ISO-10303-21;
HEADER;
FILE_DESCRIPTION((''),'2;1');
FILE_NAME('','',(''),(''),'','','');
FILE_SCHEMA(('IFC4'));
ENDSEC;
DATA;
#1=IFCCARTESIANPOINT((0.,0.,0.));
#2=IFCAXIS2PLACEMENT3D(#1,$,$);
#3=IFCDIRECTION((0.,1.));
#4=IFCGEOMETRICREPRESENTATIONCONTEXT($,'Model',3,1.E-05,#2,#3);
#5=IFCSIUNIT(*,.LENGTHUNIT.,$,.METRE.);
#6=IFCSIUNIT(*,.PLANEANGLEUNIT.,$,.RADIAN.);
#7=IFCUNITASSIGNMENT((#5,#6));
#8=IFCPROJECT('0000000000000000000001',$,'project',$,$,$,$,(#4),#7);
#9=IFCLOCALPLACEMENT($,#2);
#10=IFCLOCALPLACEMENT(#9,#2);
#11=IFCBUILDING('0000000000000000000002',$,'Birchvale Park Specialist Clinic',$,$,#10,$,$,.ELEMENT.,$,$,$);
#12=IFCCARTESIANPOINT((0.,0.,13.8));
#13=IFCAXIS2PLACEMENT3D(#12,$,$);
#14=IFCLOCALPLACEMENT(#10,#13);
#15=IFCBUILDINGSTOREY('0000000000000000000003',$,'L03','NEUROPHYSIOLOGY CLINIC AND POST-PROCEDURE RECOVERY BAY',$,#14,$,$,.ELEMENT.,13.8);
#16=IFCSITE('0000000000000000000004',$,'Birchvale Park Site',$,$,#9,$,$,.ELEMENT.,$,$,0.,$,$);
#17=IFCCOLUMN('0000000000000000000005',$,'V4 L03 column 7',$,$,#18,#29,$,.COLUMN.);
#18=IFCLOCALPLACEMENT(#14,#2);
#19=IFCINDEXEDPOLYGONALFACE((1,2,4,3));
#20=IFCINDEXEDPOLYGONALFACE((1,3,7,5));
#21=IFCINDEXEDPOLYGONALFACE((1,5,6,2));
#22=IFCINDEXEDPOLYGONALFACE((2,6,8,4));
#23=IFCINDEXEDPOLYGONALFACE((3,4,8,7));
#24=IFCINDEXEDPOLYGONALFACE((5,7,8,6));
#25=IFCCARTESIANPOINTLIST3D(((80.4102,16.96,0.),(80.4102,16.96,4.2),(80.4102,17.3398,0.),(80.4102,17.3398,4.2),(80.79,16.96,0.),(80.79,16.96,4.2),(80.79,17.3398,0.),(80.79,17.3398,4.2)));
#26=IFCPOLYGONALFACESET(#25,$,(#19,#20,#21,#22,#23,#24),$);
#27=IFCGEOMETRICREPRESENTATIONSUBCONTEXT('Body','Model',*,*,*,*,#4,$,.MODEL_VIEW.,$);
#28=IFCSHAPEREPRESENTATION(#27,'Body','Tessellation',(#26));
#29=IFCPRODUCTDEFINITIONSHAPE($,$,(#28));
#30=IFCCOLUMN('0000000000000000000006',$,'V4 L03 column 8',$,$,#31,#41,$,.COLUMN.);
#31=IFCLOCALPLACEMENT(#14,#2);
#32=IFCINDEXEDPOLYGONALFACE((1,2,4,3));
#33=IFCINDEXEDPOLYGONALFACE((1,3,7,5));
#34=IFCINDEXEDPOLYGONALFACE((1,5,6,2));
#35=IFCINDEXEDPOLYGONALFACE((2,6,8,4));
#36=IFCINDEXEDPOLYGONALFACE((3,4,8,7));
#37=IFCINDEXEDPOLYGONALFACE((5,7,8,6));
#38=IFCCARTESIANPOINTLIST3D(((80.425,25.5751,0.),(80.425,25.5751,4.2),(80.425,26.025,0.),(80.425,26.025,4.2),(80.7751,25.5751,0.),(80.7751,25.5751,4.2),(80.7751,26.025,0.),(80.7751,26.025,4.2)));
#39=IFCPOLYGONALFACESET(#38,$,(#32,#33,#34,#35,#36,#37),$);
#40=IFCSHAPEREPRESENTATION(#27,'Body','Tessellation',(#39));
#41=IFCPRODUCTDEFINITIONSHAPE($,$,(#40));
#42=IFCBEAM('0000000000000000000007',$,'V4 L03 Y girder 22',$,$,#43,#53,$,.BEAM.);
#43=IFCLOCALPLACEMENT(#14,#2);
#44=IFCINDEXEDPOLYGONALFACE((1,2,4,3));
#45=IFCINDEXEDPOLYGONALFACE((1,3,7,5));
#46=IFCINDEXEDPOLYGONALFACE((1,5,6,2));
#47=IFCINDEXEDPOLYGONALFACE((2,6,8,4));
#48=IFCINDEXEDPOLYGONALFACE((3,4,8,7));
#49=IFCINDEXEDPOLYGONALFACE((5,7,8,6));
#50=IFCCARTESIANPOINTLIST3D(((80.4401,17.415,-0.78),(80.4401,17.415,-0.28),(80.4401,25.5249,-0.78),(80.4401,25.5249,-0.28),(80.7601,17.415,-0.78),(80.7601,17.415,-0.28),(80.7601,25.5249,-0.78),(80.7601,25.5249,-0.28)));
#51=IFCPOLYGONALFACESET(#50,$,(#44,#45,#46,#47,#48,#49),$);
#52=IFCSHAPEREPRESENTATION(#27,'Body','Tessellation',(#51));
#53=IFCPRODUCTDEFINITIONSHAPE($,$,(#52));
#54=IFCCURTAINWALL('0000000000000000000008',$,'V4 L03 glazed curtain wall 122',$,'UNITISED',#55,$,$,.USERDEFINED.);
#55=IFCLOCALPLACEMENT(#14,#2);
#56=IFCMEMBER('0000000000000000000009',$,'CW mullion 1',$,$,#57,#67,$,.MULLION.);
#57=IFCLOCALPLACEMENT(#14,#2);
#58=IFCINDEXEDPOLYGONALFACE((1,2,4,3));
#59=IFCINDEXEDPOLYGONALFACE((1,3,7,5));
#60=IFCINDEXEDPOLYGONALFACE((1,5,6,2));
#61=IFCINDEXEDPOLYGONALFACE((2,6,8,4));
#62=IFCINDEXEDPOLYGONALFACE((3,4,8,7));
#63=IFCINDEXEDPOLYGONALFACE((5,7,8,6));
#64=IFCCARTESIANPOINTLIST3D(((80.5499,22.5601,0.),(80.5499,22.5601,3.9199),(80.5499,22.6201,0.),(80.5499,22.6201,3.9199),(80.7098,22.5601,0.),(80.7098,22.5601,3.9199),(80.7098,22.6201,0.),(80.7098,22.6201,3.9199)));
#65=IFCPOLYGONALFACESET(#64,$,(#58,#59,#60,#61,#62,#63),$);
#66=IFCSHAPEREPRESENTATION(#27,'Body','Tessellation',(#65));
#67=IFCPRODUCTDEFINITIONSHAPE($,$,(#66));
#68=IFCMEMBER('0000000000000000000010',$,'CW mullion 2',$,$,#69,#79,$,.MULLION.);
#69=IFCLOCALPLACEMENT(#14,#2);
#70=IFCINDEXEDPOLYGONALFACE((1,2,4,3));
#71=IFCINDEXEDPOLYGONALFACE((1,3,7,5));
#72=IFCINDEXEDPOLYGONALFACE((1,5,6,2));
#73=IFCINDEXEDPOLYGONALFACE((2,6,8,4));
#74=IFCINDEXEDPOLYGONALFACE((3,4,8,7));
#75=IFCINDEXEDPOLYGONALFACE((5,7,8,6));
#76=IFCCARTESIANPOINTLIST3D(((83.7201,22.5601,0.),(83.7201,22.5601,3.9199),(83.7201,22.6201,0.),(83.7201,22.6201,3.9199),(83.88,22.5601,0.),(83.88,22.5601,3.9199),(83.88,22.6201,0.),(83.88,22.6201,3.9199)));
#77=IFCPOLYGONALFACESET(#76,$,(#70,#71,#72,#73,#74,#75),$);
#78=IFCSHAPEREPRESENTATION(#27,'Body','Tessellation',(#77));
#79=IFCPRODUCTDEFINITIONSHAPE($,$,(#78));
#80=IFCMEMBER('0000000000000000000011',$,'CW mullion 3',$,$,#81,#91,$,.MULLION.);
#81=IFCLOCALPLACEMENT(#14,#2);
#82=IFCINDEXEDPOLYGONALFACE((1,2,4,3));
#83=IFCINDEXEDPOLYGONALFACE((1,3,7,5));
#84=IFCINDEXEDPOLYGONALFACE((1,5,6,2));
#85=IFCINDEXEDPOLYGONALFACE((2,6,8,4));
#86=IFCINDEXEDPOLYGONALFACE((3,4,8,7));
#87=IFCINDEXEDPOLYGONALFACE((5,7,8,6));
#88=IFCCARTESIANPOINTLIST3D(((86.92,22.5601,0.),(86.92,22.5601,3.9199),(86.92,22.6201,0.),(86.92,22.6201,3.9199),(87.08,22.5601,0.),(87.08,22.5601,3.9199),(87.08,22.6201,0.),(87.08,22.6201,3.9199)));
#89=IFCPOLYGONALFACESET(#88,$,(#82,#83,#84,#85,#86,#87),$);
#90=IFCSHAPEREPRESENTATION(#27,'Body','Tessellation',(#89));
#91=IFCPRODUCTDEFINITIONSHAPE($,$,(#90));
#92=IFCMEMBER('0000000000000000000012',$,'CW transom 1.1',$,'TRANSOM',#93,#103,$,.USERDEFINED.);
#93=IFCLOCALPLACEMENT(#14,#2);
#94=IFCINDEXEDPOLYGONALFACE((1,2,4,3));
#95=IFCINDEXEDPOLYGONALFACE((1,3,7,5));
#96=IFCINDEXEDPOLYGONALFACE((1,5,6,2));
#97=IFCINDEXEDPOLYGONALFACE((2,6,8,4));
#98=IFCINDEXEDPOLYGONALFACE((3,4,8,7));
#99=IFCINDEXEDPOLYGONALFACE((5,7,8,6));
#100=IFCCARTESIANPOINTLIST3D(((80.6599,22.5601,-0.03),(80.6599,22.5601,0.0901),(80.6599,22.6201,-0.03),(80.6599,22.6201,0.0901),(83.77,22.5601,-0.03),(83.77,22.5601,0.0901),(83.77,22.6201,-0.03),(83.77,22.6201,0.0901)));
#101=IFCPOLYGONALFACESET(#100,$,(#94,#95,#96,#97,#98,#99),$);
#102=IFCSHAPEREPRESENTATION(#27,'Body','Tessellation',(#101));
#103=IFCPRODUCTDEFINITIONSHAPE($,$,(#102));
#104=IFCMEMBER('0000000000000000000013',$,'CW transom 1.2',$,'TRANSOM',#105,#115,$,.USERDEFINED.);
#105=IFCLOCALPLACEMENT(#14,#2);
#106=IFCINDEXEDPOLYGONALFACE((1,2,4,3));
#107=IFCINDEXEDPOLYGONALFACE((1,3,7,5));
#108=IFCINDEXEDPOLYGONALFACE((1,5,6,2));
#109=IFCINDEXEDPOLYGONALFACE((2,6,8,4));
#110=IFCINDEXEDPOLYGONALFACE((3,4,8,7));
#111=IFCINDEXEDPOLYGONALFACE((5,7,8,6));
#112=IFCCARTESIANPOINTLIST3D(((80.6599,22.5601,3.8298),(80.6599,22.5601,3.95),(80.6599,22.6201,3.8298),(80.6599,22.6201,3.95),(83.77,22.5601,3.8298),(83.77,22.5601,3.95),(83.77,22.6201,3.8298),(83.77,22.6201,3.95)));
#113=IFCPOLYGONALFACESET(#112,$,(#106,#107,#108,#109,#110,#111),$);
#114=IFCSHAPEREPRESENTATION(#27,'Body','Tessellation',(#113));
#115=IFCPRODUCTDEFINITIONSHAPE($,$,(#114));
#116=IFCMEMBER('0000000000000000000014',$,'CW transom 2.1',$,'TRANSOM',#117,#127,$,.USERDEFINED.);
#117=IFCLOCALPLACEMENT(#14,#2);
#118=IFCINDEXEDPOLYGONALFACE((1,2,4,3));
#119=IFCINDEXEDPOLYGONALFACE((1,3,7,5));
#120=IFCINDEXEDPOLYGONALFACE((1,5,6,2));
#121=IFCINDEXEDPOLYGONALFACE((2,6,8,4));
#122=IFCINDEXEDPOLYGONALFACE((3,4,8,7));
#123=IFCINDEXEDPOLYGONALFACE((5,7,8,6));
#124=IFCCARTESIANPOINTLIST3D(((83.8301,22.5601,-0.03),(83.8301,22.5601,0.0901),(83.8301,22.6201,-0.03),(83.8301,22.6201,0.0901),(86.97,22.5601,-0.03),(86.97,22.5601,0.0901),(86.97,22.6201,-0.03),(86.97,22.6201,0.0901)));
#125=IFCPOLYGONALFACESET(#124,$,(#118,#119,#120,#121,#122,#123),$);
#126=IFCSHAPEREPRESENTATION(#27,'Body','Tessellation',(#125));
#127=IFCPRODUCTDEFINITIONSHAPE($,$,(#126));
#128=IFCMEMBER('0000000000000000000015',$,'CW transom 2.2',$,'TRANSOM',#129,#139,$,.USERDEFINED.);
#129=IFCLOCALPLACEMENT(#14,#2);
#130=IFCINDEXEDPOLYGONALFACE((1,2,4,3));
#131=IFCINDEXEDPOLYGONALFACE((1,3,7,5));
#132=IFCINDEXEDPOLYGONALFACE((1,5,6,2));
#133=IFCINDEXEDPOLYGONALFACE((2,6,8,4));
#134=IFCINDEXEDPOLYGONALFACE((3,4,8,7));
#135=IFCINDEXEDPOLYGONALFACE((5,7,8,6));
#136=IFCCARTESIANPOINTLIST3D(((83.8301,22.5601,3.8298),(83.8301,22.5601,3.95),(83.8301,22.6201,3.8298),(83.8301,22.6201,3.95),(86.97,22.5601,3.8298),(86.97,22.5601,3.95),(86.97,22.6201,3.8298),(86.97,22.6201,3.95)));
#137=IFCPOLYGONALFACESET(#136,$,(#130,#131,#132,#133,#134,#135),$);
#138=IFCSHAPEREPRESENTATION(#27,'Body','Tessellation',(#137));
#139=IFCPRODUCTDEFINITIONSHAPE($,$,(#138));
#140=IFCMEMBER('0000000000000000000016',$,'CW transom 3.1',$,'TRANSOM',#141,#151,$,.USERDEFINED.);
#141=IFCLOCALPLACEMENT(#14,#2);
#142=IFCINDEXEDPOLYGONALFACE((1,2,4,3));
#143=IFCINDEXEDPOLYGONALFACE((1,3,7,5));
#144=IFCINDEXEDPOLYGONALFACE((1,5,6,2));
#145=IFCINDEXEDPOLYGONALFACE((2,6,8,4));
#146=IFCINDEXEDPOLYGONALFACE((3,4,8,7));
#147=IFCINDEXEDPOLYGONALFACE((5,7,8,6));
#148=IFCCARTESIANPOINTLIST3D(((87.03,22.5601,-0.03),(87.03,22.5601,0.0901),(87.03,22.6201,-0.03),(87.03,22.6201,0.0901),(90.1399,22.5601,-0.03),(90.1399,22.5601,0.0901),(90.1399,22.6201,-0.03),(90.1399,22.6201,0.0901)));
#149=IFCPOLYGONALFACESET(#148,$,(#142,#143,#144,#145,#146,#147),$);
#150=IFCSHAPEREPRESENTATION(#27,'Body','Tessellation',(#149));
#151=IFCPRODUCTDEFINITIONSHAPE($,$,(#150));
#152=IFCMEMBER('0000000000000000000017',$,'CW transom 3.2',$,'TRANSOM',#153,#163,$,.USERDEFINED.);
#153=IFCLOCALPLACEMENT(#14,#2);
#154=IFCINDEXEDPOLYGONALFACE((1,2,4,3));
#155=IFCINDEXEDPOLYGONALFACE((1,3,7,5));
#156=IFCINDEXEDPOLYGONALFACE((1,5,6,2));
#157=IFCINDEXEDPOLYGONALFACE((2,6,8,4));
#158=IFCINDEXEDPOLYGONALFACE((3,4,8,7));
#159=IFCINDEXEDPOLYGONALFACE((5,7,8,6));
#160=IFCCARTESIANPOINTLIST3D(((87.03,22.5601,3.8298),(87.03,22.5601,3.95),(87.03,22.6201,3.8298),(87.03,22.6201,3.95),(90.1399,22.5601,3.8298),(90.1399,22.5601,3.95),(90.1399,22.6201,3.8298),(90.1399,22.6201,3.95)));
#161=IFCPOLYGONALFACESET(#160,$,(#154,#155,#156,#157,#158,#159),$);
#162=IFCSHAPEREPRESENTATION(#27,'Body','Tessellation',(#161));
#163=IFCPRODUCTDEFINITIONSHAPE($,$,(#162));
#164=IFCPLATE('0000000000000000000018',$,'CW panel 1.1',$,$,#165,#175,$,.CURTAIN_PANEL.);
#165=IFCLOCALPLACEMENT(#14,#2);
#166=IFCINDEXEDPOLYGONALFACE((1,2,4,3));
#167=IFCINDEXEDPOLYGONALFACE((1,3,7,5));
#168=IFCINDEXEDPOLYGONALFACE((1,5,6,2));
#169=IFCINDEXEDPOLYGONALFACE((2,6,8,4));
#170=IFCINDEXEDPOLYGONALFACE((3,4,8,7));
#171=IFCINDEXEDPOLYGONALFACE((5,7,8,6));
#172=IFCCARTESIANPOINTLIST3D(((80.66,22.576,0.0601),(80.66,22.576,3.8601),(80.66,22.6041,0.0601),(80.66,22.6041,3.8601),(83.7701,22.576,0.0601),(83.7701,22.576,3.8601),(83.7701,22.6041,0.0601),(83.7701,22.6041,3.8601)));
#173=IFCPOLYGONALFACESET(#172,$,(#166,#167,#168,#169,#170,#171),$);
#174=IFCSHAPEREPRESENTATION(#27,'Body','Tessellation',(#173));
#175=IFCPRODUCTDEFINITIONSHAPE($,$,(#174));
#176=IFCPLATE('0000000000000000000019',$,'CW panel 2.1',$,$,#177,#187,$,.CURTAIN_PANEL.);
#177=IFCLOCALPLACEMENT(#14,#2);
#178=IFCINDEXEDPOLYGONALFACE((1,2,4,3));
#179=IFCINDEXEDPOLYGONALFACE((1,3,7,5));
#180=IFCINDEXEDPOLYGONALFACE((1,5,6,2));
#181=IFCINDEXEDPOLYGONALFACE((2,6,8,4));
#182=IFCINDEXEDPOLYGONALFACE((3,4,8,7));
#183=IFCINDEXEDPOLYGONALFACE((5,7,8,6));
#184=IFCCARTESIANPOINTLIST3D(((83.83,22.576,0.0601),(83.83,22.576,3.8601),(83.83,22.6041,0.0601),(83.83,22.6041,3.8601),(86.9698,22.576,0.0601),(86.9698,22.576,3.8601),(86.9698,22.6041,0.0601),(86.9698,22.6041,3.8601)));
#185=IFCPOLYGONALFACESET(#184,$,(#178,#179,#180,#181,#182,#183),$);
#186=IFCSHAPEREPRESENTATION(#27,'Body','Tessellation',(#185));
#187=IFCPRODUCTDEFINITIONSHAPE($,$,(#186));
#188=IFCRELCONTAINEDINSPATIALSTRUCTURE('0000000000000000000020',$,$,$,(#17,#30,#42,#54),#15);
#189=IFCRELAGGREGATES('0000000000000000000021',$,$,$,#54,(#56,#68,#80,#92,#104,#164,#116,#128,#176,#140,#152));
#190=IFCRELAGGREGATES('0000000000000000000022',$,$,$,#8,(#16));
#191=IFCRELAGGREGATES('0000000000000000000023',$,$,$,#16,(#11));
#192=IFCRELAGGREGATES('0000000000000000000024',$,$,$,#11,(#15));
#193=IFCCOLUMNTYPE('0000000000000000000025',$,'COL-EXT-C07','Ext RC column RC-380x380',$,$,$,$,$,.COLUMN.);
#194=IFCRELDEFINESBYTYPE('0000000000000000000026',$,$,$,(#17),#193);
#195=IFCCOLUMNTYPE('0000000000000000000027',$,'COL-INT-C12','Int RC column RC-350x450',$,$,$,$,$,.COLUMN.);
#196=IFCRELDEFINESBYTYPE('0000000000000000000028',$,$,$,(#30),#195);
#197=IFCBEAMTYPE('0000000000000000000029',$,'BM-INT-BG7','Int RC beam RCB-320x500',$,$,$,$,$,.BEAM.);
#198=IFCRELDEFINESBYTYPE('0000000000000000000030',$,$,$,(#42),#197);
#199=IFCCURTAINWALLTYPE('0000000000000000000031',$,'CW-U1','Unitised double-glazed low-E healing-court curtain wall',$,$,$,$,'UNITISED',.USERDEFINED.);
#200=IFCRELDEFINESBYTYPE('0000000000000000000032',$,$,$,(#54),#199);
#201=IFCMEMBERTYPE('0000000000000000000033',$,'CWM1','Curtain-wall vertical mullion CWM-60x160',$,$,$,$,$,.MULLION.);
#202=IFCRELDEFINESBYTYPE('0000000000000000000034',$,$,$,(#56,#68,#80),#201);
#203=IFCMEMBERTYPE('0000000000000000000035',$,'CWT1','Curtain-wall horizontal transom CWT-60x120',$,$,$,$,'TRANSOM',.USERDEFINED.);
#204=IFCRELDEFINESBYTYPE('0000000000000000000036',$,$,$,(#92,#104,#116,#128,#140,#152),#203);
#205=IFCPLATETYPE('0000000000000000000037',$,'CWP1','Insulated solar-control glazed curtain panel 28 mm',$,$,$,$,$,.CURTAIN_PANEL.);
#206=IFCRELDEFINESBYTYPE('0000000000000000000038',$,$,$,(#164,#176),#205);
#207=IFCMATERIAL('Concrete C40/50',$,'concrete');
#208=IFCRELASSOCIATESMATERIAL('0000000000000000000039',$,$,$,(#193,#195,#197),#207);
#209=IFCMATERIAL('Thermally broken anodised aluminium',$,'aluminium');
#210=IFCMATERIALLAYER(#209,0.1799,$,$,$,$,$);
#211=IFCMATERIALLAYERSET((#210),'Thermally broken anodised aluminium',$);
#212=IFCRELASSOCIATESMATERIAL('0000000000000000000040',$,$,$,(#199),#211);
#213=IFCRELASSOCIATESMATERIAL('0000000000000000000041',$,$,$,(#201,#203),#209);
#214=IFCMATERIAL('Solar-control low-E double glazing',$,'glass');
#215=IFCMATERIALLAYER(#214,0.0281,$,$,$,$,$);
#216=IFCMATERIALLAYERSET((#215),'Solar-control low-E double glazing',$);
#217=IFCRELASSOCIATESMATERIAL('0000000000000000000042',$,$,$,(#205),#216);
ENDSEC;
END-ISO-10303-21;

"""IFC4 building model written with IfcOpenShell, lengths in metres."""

from ifc_helpers import new_model, si_unit, direction, frame, origin, origin_2d, place, context, subcontext, project, spatial, rectangle, extrude, material, layer, layer_set, material_profile, profile_set, type_object, element, aggregate, save


model = new_model("IFC4")

# Units and contexts
model_context = context("Model", 3, precision=1e-05, world=origin(), true_north=direction((0.0, 1.0)))
body_context = subcontext(model_context, "Body", "Model", "MODEL_VIEW")
ifc_project = project(units=[si_unit("LENGTHUNIT", "METRE"), si_unit("PLANEANGLEUNIT", "RADIAN")], contexts=[model_context])

# Site, building, storey
site_placement = place(None, origin())
site = spatial("IfcSite", under=ifc_project, at=site_placement, Name="Birchvale Park Site", CompositionType="ELEMENT", RefElevation=0.0)
building_placement = place(site_placement, origin())
building = spatial("IfcBuilding", under=site, at=building_placement, Name="Birchvale Park Specialist Clinic", CompositionType="ELEMENT")
storey_placement = place(building_placement, frame((0.0, 0.0, 13.8)))
storey = spatial("IfcBuildingStorey", under=building, at=storey_placement, Name="L03", Description="NEUROPHYSIOLOGY CLINIC AND POST-PROCEDURE RECOVERY BAY", CompositionType="ELEMENT", Elevation=13.8)

# Columns
ifc_material_1 = material(Name="Concrete C40/50", Category="concrete")
ifc_material_profile_1 = material_profile(ifc_material_1, rectangle(XDim=0.3799, YDim=0.3799, at=origin_2d()), Name="RC-380x380")
ifc_profile_set_1 = profile_set([ifc_material_profile_1], Name="Concrete C40/50")
column_type_1 = type_object("IfcColumnType", Name="COL-EXT-C07", Description="Ext RC column RC-380x380", PredefinedType="COLUMN", material=ifc_profile_set_1)
column_1_placement = place(storey_placement, frame((80.6001, 17.1499, 0.0), z_axis=(0.0, 0.0, 1.0), x_axis=(1.0, 0.0, 0.0)))
element("IfcColumn", 1, at=column_1_placement, inside=storey, type_object=column_type_1, Name="V4 L03 column 7", PredefinedType="COLUMN", context=body_context, shape_type="SweptSolid", body=[
    extrude(rectangle(XDim=0.3799, YDim=0.3799, at=origin_2d()), origin(), (0.0, 0.0, 1.0), 4.2),
])
ifc_material_profile_2 = material_profile(ifc_material_1, rectangle(XDim=0.3501, YDim=0.45, at=origin_2d()), Name="RC-350x450")
ifc_profile_set_2 = profile_set([ifc_material_profile_2], Name="Concrete C40/50")
column_type_2 = type_object("IfcColumnType", Name="COL-INT-C12", Description="Int RC column RC-350x450", PredefinedType="COLUMN", material=ifc_profile_set_2)
column_2_placement = place(storey_placement, frame((80.6001, 25.8, 0.0), z_axis=(0.0, 0.0, 1.0), x_axis=(1.0, 0.0, 0.0)))
element("IfcColumn", 2, at=column_2_placement, inside=storey, type_object=column_type_2, Name="V4 L03 column 8", PredefinedType="COLUMN", context=body_context, shape_type="SweptSolid", body=[
    extrude(rectangle(XDim=0.3501, YDim=0.45, at=origin_2d()), origin(), (0.0, 0.0, 1.0), 4.2),
])

# Beam
ifc_material_profile_3 = material_profile(ifc_material_1, rectangle(XDim=0.3201, YDim=0.5, at=origin_2d()), Name="RCB-320x500")
ifc_profile_set_3 = profile_set([ifc_material_profile_3], Name="Concrete C40/50")
beam_type = type_object("IfcBeamType", Name="BM-INT-BG7", Description="Int RC beam RCB-320x500", PredefinedType="BEAM", material=ifc_profile_set_3)
beam_placement = place(storey_placement, frame((80.6001, 17.415, -0.53), z_axis=(0.0, 1.0, 0.0), x_axis=(-1.0, 0.0, 0.0)))
element("IfcBeam", 3, at=beam_placement, inside=storey, type_object=beam_type, Name="V4 L03 Y girder 22", PredefinedType="BEAM", context=body_context, shape_type="SweptSolid", body=[
    extrude(rectangle(XDim=0.3201, YDim=0.5, at=origin_2d()), origin(), (0.0, 0.0, 1.0), 8.1099),
])

# Curtain wall, members, plates
ifc_material_2 = material(Name="Thermally broken anodised aluminium", Category="aluminium")
ifc_layer_1 = layer(ifc_material_2, 0.1799)
ifc_layer_set_1 = layer_set([ifc_layer_1], Name="Thermally broken anodised aluminium")
curtain_wall_type = type_object("IfcCurtainWallType", Name="CW-U1", Description="Unitised double-glazed low-E healing-court curtain wall", ElementType="UNITISED", PredefinedType="USERDEFINED", material=ifc_layer_set_1)
curtain_wall_placement = place(storey_placement, origin())
curtain_wall = element("IfcCurtainWall", 4, at=curtain_wall_placement, inside=storey, type_object=curtain_wall_type, Name="V4 L03 glazed curtain wall 122", ObjectType="UNITISED", PredefinedType="USERDEFINED")
ifc_material_profile_4 = material_profile(ifc_material_2, rectangle(XDim=0.0601, YDim=0.1599, at=origin_2d()), Name="CWM-60x160")
ifc_profile_set_4 = profile_set([ifc_material_profile_4], Name="Thermally broken anodised aluminium")
member_type_1 = type_object("IfcMemberType", Name="CWM1", Description="Curtain-wall vertical mullion CWM-60x160", PredefinedType="MULLION", material=ifc_profile_set_4)
member_1_placement = place(storey_placement, frame((80.6299, 22.5901, 0.0), z_axis=(0.0, 0.0, 1.0), x_axis=(0.0, 1.0, 0.0)))
member_1 = element("IfcMember", 5, at=member_1_placement, type_object=member_type_1, Name="CW mullion 1", PredefinedType="MULLION", context=body_context, shape_type="SweptSolid", body=[
    extrude(rectangle(XDim=0.0601, YDim=0.1599, at=origin_2d()), origin(), (0.0, 0.0, 1.0), 3.9199),
])
member_2_placement = place(storey_placement, frame((83.8, 22.5901, 0.0), z_axis=(0.0, 0.0, 1.0), x_axis=(0.0, 1.0, 0.0)))
member_2 = element("IfcMember", 6, at=member_2_placement, type_object=member_type_1, Name="CW mullion 2", PredefinedType="MULLION", context=body_context, shape_type="SweptSolid", body=[
    extrude(rectangle(XDim=0.0601, YDim=0.1599, at=origin_2d()), origin(), (0.0, 0.0, 1.0), 3.9199),
])
member_3_placement = place(storey_placement, frame((87.0, 22.5901, 0.0), z_axis=(0.0, 0.0, 1.0), x_axis=(0.0, 1.0, 0.0)))
member_3 = element("IfcMember", 7, at=member_3_placement, type_object=member_type_1, Name="CW mullion 3", PredefinedType="MULLION", context=body_context, shape_type="SweptSolid", body=[
    extrude(rectangle(XDim=0.0601, YDim=0.1599, at=origin_2d()), origin(), (0.0, 0.0, 1.0), 3.9199),
])
ifc_material_profile_5 = material_profile(ifc_material_2, rectangle(XDim=0.0601, YDim=0.1201, at=origin_2d()), Name="CWT-60x120")
ifc_profile_set_5 = profile_set([ifc_material_profile_5], Name="Thermally broken anodised aluminium")
member_type_2 = type_object("IfcMemberType", Name="CWT1", Description="Curtain-wall horizontal transom CWT-60x120", ElementType="TRANSOM", PredefinedType="USERDEFINED", material=ifc_profile_set_5)
member_4_placement = place(storey_placement, frame((80.6599, 22.5901, 0.03), z_axis=(1.0, 0.0, 0.0), x_axis=(0.0, 1.0, 0.0)))
member_4 = element("IfcMember", 8, at=member_4_placement, type_object=member_type_2, Name="CW transom 1.1", ObjectType="TRANSOM", PredefinedType="USERDEFINED", context=body_context, shape_type="SweptSolid", body=[
    extrude(rectangle(XDim=0.0601, YDim=0.1201, at=origin_2d()), origin(), (0.0, 0.0, 1.0), 3.1101),
])
member_5_placement = place(storey_placement, frame((80.6599, 22.5901, 3.8899), z_axis=(1.0, 0.0, 0.0), x_axis=(0.0, 1.0, 0.0)))
member_5 = element("IfcMember", 9, at=member_5_placement, type_object=member_type_2, Name="CW transom 1.2", ObjectType="TRANSOM", PredefinedType="USERDEFINED", context=body_context, shape_type="SweptSolid", body=[
    extrude(rectangle(XDim=0.0601, YDim=0.1201, at=origin_2d()), origin(), (0.0, 0.0, 1.0), 3.1101),
])
member_6_placement = place(storey_placement, frame((83.8301, 22.5901, 0.03), z_axis=(1.0, 0.0, 0.0), x_axis=(0.0, 1.0, 0.0)))
member_6 = element("IfcMember", 10, at=member_6_placement, type_object=member_type_2, Name="CW transom 2.1", ObjectType="TRANSOM", PredefinedType="USERDEFINED", context=body_context, shape_type="SweptSolid", body=[
    extrude(rectangle(XDim=0.0601, YDim=0.1201, at=origin_2d()), origin(), (0.0, 0.0, 1.0), 3.1399),
])
member_7_placement = place(storey_placement, frame((83.8301, 22.5901, 3.8899), z_axis=(1.0, 0.0, 0.0), x_axis=(0.0, 1.0, 0.0)))
member_7 = element("IfcMember", 11, at=member_7_placement, type_object=member_type_2, Name="CW transom 2.2", ObjectType="TRANSOM", PredefinedType="USERDEFINED", context=body_context, shape_type="SweptSolid", body=[
    extrude(rectangle(XDim=0.0601, YDim=0.1201, at=origin_2d()), origin(), (0.0, 0.0, 1.0), 3.1399),
])
member_8_placement = place(storey_placement, frame((87.03, 22.5901, 0.03), z_axis=(1.0, 0.0, 0.0), x_axis=(0.0, 1.0, 0.0)))
member_8 = element("IfcMember", 12, at=member_8_placement, type_object=member_type_2, Name="CW transom 3.1", ObjectType="TRANSOM", PredefinedType="USERDEFINED", context=body_context, shape_type="SweptSolid", body=[
    extrude(rectangle(XDim=0.0601, YDim=0.1201, at=origin_2d()), origin(), (0.0, 0.0, 1.0), 3.1099),
])
member_9_placement = place(storey_placement, frame((87.03, 22.5901, 3.8899), z_axis=(1.0, 0.0, 0.0), x_axis=(0.0, 1.0, 0.0)))
member_9 = element("IfcMember", 13, at=member_9_placement, type_object=member_type_2, Name="CW transom 3.2", ObjectType="TRANSOM", PredefinedType="USERDEFINED", context=body_context, shape_type="SweptSolid", body=[
    extrude(rectangle(XDim=0.0601, YDim=0.1201, at=origin_2d()), origin(), (0.0, 0.0, 1.0), 3.1099),
])
ifc_material_3 = material(Name="Solar-control low-E double glazing", Category="glass")
ifc_layer_2 = layer(ifc_material_3, 0.0281)
ifc_layer_set_2 = layer_set([ifc_layer_2], Name="Solar-control low-E double glazing")
plate_type = type_object("IfcPlateType", Name="CWP1", Description="Insulated solar-control glazed curtain panel 28 mm", PredefinedType="CURTAIN_PANEL", material=ifc_layer_set_2)
plate_1_placement = place(storey_placement, frame((82.2151, 22.5901, 0.0601), z_axis=(0.0, 0.0, 1.0), x_axis=(1.0, 0.0, 0.0)))
plate_1 = element("IfcPlate", 14, at=plate_1_placement, type_object=plate_type, Name="CW panel 1.1", PredefinedType="CURTAIN_PANEL", context=body_context, shape_type="SweptSolid", body=[
    extrude(rectangle(XDim=3.1101, YDim=0.0281, at=origin_2d()), origin(), (0.0, 0.0, 1.0), 3.8),
])
plate_2_placement = place(storey_placement, frame((85.3999, 22.5901, 0.0601), z_axis=(0.0, 0.0, 1.0), x_axis=(1.0, 0.0, 0.0)))
plate_2 = element("IfcPlate", 15, at=plate_2_placement, type_object=plate_type, Name="CW panel 2.1", PredefinedType="CURTAIN_PANEL", context=body_context, shape_type="SweptSolid", body=[
    extrude(rectangle(XDim=3.1399, YDim=0.0281, at=origin_2d()), origin(), (0.0, 0.0, 1.0), 3.8),
])
aggregate(curtain_wall, [member_1, member_2, member_3, member_4, member_5, plate_1, member_6, member_7, plate_2, member_8, member_9])

save(model, "model.ifc")
